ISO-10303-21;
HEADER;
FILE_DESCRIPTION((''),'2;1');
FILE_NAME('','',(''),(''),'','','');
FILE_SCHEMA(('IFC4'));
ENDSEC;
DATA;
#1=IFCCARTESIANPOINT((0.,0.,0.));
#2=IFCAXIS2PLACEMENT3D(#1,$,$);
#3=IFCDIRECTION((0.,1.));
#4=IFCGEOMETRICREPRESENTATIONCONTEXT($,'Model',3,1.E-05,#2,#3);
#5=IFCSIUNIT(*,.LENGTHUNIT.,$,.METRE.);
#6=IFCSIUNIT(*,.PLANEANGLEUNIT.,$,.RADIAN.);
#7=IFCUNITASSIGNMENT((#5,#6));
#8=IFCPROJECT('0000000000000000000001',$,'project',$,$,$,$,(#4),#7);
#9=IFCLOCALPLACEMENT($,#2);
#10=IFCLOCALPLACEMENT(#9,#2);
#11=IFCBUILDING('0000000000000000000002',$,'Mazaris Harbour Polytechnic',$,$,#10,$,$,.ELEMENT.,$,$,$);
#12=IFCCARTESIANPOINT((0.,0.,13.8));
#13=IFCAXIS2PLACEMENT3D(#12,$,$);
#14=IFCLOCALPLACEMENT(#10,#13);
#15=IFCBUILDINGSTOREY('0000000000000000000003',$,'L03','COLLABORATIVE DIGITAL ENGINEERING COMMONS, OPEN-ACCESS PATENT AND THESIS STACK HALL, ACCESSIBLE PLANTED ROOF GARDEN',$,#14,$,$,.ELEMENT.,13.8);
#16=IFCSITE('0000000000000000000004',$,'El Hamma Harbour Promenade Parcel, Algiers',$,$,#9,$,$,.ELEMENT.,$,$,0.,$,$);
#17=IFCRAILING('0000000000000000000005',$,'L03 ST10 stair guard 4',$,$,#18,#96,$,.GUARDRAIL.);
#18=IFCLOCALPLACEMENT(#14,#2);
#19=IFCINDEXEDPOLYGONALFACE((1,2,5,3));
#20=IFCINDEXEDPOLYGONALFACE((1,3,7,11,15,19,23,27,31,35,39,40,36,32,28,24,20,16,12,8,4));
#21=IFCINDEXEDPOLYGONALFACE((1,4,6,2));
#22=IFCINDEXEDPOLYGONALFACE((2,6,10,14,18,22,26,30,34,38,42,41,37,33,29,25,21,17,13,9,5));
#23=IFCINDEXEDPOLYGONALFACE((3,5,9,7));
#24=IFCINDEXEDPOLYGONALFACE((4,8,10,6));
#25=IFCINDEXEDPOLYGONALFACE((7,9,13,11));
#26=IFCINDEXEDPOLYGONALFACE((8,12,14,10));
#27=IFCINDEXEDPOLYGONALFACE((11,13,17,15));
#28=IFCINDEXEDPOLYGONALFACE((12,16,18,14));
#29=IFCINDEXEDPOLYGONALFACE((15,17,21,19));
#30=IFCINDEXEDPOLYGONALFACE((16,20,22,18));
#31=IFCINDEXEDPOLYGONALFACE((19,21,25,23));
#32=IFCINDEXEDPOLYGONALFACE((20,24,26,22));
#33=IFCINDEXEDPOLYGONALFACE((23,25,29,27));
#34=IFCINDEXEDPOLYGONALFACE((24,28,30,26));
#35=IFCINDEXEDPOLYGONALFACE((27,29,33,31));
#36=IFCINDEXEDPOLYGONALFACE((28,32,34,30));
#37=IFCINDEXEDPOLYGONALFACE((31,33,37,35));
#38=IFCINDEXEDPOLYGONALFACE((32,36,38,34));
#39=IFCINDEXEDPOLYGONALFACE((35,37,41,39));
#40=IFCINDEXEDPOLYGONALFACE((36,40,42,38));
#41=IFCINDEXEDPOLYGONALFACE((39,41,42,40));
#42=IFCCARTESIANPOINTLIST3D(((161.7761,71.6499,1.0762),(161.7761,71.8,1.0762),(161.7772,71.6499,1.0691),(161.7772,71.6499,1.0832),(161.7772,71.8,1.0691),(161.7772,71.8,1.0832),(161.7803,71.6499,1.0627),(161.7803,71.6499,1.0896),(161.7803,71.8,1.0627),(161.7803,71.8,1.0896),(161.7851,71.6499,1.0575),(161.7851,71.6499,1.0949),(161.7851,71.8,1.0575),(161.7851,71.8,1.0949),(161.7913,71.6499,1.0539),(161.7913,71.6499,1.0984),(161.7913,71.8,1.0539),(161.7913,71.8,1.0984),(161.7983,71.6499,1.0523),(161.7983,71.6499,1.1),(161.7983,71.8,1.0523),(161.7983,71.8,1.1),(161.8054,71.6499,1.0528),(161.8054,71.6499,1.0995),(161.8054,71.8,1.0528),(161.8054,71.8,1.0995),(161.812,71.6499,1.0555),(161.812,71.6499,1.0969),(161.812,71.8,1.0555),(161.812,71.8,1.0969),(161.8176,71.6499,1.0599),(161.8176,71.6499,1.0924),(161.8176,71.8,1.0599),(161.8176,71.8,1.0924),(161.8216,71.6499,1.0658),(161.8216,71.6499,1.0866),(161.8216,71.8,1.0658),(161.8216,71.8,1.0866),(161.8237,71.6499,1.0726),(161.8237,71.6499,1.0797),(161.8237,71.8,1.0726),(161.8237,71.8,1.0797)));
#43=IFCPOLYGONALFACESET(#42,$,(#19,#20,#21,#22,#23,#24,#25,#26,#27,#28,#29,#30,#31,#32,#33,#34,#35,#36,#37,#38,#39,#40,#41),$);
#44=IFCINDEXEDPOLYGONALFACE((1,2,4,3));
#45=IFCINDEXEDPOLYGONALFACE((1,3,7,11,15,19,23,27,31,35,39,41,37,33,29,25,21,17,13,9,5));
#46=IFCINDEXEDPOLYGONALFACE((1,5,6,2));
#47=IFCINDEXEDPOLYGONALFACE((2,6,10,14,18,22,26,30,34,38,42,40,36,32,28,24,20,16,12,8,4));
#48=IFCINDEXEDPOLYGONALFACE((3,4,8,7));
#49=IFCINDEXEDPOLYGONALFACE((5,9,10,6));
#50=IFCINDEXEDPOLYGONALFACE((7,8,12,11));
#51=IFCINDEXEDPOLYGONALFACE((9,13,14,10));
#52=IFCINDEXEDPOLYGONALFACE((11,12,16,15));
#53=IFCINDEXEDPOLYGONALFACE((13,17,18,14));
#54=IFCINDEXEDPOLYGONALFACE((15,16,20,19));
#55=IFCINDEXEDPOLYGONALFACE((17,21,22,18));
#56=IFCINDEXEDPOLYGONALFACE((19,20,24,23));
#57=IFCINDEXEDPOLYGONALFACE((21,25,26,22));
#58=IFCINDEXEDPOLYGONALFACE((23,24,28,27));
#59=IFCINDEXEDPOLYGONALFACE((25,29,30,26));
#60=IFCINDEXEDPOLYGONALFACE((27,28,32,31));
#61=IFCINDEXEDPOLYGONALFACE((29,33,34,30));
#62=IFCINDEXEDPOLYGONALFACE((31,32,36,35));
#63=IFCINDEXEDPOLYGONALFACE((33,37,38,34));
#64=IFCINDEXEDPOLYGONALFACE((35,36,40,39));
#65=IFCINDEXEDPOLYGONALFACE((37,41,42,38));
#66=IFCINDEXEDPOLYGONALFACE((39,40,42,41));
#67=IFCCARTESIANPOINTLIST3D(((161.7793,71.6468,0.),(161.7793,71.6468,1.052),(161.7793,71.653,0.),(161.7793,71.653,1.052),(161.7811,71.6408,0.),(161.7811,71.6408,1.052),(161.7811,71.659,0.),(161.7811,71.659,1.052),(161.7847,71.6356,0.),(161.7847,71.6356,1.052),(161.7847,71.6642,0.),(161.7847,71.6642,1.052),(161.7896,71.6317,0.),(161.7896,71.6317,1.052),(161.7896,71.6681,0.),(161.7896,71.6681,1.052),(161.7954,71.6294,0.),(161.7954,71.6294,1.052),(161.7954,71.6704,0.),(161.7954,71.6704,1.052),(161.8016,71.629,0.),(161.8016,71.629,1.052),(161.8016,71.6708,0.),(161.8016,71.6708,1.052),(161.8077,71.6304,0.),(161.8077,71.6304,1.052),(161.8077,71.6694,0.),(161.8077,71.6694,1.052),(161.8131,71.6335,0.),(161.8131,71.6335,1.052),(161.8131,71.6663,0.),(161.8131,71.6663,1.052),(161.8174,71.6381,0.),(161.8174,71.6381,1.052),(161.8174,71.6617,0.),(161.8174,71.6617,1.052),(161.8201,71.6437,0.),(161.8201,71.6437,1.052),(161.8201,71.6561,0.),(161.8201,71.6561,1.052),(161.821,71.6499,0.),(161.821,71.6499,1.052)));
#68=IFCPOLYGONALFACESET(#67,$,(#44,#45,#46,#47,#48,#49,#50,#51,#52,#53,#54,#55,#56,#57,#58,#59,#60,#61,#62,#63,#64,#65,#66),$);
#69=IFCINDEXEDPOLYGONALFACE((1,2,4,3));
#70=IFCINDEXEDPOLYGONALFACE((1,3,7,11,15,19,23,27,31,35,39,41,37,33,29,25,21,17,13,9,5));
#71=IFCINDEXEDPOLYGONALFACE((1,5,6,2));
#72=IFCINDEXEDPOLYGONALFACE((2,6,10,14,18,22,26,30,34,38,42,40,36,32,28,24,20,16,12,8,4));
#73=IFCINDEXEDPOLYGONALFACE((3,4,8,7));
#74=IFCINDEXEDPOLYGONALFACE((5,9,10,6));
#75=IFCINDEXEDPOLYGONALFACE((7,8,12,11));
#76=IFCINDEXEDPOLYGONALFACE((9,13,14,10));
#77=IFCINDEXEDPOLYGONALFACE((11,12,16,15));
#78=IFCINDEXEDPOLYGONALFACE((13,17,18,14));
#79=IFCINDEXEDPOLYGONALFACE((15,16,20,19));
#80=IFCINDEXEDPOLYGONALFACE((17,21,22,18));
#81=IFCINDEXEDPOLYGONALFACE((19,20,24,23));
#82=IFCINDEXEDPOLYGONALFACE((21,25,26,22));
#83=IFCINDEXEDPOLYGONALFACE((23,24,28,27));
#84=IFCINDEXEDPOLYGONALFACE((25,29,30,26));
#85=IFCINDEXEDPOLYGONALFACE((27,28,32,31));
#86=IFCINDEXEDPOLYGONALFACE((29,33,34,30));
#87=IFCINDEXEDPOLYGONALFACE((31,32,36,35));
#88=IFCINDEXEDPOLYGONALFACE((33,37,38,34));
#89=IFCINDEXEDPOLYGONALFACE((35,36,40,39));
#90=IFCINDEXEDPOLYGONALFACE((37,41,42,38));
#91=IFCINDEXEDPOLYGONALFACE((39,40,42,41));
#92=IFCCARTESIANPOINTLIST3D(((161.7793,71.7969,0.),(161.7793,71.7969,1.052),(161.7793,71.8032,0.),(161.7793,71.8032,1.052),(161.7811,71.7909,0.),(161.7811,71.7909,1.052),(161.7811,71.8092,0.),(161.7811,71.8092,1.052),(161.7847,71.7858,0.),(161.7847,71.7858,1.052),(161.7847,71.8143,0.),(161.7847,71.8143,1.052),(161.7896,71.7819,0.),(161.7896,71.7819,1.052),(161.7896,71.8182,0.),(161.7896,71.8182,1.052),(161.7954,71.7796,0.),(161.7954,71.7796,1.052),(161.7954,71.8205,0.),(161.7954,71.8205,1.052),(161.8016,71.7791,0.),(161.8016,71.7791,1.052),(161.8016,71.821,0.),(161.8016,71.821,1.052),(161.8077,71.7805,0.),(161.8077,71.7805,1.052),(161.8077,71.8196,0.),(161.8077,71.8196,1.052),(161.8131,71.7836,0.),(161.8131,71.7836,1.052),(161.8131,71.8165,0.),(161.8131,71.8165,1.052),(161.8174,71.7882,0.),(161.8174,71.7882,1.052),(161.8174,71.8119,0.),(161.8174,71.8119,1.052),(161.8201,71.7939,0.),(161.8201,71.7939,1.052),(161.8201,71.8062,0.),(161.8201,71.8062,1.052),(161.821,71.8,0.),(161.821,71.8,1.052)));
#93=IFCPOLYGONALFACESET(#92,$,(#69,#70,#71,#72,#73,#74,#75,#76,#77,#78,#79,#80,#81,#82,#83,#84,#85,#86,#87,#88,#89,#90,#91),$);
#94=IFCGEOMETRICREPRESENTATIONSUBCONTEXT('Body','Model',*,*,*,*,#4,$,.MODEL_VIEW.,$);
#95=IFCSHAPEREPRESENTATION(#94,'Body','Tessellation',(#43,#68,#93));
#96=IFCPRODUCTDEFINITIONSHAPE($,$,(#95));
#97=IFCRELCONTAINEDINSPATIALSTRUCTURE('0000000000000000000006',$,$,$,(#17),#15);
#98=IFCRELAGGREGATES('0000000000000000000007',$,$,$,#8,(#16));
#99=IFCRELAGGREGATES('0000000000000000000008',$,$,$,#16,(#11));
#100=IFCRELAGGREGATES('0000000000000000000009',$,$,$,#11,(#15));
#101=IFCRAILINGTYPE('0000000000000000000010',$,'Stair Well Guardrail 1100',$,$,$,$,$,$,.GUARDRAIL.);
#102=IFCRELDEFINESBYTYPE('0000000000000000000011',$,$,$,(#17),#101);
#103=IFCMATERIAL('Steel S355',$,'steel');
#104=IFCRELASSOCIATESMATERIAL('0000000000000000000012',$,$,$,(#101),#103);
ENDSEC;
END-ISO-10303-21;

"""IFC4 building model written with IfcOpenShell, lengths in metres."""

from ifc_helpers import new_model, si_unit, direction, frame, origin, origin_2d, place, context, subcontext, project, spatial, circle, extrude, material, type_object, element, save


model = new_model("IFC4")

# Units and contexts
model_context = context("Model", 3, precision=1e-05, world=origin(), true_north=direction((0.0, 1.0)))
body_context = subcontext(model_context, "Body", "Model", "MODEL_VIEW")
ifc_project = project(units=[si_unit("LENGTHUNIT", "METRE"), si_unit("PLANEANGLEUNIT", "RADIAN")], contexts=[model_context])

# Site, building, storey
site_placement = place(None, origin())
site = spatial("IfcSite", under=ifc_project, at=site_placement, Name="El Hamma Harbour Promenade Parcel, Algiers", CompositionType="ELEMENT", RefElevation=0.0)
building_placement = place(site_placement, origin())
building = spatial("IfcBuilding", under=site, at=building_placement, Name="Mazaris Harbour Polytechnic", CompositionType="ELEMENT")
storey_placement = place(building_placement, frame((0.0, 0.0, 13.8)))
storey = spatial("IfcBuildingStorey", under=building, at=storey_placement, Name="L03", Description="COLLABORATIVE DIGITAL ENGINEERING COMMONS, OPEN-ACCESS PATENT AND THESIS STACK HALL, ACCESSIBLE PLANTED ROOF GARDEN", CompositionType="ELEMENT", Elevation=13.8)

# Railing
ifc_material_1 = material(Name="Steel S355", Category="steel")
railing_type_1 = type_object("IfcRailingType", Name="Stair Well Guardrail 1100", PredefinedType="GUARDRAIL", material=ifc_material_1)
railing_1_placement = place(storey_placement, frame((161.8, 71.6499, 0.0)))
element("IfcRailing", 1, at=railing_1_placement, inside=storey, type_object=railing_type_1, Name="L03 ST10 stair guard 4", PredefinedType="GUARDRAIL", context=body_context, shape_type="SweptSolid", body=[
    extrude(circle(Radius=0.0239, at=origin_2d()), frame((0.0, 0.0, 1.0762), z_axis=(0.0, 1.0, 0.0), x_axis=(-1.0, 0.0, 0.0)), (0.0, 0.0, 1.0), 0.1501),
    extrude(circle(Radius=0.021, at=origin_2d()), origin(), (0.0, 0.0, 1.0), 1.052),
    extrude(circle(Radius=0.021, at=origin_2d()), frame((0.0, 0.1501, 0.0)), (0.0, 0.0, 1.0), 1.052),
])

save(model, "model.ifc")
